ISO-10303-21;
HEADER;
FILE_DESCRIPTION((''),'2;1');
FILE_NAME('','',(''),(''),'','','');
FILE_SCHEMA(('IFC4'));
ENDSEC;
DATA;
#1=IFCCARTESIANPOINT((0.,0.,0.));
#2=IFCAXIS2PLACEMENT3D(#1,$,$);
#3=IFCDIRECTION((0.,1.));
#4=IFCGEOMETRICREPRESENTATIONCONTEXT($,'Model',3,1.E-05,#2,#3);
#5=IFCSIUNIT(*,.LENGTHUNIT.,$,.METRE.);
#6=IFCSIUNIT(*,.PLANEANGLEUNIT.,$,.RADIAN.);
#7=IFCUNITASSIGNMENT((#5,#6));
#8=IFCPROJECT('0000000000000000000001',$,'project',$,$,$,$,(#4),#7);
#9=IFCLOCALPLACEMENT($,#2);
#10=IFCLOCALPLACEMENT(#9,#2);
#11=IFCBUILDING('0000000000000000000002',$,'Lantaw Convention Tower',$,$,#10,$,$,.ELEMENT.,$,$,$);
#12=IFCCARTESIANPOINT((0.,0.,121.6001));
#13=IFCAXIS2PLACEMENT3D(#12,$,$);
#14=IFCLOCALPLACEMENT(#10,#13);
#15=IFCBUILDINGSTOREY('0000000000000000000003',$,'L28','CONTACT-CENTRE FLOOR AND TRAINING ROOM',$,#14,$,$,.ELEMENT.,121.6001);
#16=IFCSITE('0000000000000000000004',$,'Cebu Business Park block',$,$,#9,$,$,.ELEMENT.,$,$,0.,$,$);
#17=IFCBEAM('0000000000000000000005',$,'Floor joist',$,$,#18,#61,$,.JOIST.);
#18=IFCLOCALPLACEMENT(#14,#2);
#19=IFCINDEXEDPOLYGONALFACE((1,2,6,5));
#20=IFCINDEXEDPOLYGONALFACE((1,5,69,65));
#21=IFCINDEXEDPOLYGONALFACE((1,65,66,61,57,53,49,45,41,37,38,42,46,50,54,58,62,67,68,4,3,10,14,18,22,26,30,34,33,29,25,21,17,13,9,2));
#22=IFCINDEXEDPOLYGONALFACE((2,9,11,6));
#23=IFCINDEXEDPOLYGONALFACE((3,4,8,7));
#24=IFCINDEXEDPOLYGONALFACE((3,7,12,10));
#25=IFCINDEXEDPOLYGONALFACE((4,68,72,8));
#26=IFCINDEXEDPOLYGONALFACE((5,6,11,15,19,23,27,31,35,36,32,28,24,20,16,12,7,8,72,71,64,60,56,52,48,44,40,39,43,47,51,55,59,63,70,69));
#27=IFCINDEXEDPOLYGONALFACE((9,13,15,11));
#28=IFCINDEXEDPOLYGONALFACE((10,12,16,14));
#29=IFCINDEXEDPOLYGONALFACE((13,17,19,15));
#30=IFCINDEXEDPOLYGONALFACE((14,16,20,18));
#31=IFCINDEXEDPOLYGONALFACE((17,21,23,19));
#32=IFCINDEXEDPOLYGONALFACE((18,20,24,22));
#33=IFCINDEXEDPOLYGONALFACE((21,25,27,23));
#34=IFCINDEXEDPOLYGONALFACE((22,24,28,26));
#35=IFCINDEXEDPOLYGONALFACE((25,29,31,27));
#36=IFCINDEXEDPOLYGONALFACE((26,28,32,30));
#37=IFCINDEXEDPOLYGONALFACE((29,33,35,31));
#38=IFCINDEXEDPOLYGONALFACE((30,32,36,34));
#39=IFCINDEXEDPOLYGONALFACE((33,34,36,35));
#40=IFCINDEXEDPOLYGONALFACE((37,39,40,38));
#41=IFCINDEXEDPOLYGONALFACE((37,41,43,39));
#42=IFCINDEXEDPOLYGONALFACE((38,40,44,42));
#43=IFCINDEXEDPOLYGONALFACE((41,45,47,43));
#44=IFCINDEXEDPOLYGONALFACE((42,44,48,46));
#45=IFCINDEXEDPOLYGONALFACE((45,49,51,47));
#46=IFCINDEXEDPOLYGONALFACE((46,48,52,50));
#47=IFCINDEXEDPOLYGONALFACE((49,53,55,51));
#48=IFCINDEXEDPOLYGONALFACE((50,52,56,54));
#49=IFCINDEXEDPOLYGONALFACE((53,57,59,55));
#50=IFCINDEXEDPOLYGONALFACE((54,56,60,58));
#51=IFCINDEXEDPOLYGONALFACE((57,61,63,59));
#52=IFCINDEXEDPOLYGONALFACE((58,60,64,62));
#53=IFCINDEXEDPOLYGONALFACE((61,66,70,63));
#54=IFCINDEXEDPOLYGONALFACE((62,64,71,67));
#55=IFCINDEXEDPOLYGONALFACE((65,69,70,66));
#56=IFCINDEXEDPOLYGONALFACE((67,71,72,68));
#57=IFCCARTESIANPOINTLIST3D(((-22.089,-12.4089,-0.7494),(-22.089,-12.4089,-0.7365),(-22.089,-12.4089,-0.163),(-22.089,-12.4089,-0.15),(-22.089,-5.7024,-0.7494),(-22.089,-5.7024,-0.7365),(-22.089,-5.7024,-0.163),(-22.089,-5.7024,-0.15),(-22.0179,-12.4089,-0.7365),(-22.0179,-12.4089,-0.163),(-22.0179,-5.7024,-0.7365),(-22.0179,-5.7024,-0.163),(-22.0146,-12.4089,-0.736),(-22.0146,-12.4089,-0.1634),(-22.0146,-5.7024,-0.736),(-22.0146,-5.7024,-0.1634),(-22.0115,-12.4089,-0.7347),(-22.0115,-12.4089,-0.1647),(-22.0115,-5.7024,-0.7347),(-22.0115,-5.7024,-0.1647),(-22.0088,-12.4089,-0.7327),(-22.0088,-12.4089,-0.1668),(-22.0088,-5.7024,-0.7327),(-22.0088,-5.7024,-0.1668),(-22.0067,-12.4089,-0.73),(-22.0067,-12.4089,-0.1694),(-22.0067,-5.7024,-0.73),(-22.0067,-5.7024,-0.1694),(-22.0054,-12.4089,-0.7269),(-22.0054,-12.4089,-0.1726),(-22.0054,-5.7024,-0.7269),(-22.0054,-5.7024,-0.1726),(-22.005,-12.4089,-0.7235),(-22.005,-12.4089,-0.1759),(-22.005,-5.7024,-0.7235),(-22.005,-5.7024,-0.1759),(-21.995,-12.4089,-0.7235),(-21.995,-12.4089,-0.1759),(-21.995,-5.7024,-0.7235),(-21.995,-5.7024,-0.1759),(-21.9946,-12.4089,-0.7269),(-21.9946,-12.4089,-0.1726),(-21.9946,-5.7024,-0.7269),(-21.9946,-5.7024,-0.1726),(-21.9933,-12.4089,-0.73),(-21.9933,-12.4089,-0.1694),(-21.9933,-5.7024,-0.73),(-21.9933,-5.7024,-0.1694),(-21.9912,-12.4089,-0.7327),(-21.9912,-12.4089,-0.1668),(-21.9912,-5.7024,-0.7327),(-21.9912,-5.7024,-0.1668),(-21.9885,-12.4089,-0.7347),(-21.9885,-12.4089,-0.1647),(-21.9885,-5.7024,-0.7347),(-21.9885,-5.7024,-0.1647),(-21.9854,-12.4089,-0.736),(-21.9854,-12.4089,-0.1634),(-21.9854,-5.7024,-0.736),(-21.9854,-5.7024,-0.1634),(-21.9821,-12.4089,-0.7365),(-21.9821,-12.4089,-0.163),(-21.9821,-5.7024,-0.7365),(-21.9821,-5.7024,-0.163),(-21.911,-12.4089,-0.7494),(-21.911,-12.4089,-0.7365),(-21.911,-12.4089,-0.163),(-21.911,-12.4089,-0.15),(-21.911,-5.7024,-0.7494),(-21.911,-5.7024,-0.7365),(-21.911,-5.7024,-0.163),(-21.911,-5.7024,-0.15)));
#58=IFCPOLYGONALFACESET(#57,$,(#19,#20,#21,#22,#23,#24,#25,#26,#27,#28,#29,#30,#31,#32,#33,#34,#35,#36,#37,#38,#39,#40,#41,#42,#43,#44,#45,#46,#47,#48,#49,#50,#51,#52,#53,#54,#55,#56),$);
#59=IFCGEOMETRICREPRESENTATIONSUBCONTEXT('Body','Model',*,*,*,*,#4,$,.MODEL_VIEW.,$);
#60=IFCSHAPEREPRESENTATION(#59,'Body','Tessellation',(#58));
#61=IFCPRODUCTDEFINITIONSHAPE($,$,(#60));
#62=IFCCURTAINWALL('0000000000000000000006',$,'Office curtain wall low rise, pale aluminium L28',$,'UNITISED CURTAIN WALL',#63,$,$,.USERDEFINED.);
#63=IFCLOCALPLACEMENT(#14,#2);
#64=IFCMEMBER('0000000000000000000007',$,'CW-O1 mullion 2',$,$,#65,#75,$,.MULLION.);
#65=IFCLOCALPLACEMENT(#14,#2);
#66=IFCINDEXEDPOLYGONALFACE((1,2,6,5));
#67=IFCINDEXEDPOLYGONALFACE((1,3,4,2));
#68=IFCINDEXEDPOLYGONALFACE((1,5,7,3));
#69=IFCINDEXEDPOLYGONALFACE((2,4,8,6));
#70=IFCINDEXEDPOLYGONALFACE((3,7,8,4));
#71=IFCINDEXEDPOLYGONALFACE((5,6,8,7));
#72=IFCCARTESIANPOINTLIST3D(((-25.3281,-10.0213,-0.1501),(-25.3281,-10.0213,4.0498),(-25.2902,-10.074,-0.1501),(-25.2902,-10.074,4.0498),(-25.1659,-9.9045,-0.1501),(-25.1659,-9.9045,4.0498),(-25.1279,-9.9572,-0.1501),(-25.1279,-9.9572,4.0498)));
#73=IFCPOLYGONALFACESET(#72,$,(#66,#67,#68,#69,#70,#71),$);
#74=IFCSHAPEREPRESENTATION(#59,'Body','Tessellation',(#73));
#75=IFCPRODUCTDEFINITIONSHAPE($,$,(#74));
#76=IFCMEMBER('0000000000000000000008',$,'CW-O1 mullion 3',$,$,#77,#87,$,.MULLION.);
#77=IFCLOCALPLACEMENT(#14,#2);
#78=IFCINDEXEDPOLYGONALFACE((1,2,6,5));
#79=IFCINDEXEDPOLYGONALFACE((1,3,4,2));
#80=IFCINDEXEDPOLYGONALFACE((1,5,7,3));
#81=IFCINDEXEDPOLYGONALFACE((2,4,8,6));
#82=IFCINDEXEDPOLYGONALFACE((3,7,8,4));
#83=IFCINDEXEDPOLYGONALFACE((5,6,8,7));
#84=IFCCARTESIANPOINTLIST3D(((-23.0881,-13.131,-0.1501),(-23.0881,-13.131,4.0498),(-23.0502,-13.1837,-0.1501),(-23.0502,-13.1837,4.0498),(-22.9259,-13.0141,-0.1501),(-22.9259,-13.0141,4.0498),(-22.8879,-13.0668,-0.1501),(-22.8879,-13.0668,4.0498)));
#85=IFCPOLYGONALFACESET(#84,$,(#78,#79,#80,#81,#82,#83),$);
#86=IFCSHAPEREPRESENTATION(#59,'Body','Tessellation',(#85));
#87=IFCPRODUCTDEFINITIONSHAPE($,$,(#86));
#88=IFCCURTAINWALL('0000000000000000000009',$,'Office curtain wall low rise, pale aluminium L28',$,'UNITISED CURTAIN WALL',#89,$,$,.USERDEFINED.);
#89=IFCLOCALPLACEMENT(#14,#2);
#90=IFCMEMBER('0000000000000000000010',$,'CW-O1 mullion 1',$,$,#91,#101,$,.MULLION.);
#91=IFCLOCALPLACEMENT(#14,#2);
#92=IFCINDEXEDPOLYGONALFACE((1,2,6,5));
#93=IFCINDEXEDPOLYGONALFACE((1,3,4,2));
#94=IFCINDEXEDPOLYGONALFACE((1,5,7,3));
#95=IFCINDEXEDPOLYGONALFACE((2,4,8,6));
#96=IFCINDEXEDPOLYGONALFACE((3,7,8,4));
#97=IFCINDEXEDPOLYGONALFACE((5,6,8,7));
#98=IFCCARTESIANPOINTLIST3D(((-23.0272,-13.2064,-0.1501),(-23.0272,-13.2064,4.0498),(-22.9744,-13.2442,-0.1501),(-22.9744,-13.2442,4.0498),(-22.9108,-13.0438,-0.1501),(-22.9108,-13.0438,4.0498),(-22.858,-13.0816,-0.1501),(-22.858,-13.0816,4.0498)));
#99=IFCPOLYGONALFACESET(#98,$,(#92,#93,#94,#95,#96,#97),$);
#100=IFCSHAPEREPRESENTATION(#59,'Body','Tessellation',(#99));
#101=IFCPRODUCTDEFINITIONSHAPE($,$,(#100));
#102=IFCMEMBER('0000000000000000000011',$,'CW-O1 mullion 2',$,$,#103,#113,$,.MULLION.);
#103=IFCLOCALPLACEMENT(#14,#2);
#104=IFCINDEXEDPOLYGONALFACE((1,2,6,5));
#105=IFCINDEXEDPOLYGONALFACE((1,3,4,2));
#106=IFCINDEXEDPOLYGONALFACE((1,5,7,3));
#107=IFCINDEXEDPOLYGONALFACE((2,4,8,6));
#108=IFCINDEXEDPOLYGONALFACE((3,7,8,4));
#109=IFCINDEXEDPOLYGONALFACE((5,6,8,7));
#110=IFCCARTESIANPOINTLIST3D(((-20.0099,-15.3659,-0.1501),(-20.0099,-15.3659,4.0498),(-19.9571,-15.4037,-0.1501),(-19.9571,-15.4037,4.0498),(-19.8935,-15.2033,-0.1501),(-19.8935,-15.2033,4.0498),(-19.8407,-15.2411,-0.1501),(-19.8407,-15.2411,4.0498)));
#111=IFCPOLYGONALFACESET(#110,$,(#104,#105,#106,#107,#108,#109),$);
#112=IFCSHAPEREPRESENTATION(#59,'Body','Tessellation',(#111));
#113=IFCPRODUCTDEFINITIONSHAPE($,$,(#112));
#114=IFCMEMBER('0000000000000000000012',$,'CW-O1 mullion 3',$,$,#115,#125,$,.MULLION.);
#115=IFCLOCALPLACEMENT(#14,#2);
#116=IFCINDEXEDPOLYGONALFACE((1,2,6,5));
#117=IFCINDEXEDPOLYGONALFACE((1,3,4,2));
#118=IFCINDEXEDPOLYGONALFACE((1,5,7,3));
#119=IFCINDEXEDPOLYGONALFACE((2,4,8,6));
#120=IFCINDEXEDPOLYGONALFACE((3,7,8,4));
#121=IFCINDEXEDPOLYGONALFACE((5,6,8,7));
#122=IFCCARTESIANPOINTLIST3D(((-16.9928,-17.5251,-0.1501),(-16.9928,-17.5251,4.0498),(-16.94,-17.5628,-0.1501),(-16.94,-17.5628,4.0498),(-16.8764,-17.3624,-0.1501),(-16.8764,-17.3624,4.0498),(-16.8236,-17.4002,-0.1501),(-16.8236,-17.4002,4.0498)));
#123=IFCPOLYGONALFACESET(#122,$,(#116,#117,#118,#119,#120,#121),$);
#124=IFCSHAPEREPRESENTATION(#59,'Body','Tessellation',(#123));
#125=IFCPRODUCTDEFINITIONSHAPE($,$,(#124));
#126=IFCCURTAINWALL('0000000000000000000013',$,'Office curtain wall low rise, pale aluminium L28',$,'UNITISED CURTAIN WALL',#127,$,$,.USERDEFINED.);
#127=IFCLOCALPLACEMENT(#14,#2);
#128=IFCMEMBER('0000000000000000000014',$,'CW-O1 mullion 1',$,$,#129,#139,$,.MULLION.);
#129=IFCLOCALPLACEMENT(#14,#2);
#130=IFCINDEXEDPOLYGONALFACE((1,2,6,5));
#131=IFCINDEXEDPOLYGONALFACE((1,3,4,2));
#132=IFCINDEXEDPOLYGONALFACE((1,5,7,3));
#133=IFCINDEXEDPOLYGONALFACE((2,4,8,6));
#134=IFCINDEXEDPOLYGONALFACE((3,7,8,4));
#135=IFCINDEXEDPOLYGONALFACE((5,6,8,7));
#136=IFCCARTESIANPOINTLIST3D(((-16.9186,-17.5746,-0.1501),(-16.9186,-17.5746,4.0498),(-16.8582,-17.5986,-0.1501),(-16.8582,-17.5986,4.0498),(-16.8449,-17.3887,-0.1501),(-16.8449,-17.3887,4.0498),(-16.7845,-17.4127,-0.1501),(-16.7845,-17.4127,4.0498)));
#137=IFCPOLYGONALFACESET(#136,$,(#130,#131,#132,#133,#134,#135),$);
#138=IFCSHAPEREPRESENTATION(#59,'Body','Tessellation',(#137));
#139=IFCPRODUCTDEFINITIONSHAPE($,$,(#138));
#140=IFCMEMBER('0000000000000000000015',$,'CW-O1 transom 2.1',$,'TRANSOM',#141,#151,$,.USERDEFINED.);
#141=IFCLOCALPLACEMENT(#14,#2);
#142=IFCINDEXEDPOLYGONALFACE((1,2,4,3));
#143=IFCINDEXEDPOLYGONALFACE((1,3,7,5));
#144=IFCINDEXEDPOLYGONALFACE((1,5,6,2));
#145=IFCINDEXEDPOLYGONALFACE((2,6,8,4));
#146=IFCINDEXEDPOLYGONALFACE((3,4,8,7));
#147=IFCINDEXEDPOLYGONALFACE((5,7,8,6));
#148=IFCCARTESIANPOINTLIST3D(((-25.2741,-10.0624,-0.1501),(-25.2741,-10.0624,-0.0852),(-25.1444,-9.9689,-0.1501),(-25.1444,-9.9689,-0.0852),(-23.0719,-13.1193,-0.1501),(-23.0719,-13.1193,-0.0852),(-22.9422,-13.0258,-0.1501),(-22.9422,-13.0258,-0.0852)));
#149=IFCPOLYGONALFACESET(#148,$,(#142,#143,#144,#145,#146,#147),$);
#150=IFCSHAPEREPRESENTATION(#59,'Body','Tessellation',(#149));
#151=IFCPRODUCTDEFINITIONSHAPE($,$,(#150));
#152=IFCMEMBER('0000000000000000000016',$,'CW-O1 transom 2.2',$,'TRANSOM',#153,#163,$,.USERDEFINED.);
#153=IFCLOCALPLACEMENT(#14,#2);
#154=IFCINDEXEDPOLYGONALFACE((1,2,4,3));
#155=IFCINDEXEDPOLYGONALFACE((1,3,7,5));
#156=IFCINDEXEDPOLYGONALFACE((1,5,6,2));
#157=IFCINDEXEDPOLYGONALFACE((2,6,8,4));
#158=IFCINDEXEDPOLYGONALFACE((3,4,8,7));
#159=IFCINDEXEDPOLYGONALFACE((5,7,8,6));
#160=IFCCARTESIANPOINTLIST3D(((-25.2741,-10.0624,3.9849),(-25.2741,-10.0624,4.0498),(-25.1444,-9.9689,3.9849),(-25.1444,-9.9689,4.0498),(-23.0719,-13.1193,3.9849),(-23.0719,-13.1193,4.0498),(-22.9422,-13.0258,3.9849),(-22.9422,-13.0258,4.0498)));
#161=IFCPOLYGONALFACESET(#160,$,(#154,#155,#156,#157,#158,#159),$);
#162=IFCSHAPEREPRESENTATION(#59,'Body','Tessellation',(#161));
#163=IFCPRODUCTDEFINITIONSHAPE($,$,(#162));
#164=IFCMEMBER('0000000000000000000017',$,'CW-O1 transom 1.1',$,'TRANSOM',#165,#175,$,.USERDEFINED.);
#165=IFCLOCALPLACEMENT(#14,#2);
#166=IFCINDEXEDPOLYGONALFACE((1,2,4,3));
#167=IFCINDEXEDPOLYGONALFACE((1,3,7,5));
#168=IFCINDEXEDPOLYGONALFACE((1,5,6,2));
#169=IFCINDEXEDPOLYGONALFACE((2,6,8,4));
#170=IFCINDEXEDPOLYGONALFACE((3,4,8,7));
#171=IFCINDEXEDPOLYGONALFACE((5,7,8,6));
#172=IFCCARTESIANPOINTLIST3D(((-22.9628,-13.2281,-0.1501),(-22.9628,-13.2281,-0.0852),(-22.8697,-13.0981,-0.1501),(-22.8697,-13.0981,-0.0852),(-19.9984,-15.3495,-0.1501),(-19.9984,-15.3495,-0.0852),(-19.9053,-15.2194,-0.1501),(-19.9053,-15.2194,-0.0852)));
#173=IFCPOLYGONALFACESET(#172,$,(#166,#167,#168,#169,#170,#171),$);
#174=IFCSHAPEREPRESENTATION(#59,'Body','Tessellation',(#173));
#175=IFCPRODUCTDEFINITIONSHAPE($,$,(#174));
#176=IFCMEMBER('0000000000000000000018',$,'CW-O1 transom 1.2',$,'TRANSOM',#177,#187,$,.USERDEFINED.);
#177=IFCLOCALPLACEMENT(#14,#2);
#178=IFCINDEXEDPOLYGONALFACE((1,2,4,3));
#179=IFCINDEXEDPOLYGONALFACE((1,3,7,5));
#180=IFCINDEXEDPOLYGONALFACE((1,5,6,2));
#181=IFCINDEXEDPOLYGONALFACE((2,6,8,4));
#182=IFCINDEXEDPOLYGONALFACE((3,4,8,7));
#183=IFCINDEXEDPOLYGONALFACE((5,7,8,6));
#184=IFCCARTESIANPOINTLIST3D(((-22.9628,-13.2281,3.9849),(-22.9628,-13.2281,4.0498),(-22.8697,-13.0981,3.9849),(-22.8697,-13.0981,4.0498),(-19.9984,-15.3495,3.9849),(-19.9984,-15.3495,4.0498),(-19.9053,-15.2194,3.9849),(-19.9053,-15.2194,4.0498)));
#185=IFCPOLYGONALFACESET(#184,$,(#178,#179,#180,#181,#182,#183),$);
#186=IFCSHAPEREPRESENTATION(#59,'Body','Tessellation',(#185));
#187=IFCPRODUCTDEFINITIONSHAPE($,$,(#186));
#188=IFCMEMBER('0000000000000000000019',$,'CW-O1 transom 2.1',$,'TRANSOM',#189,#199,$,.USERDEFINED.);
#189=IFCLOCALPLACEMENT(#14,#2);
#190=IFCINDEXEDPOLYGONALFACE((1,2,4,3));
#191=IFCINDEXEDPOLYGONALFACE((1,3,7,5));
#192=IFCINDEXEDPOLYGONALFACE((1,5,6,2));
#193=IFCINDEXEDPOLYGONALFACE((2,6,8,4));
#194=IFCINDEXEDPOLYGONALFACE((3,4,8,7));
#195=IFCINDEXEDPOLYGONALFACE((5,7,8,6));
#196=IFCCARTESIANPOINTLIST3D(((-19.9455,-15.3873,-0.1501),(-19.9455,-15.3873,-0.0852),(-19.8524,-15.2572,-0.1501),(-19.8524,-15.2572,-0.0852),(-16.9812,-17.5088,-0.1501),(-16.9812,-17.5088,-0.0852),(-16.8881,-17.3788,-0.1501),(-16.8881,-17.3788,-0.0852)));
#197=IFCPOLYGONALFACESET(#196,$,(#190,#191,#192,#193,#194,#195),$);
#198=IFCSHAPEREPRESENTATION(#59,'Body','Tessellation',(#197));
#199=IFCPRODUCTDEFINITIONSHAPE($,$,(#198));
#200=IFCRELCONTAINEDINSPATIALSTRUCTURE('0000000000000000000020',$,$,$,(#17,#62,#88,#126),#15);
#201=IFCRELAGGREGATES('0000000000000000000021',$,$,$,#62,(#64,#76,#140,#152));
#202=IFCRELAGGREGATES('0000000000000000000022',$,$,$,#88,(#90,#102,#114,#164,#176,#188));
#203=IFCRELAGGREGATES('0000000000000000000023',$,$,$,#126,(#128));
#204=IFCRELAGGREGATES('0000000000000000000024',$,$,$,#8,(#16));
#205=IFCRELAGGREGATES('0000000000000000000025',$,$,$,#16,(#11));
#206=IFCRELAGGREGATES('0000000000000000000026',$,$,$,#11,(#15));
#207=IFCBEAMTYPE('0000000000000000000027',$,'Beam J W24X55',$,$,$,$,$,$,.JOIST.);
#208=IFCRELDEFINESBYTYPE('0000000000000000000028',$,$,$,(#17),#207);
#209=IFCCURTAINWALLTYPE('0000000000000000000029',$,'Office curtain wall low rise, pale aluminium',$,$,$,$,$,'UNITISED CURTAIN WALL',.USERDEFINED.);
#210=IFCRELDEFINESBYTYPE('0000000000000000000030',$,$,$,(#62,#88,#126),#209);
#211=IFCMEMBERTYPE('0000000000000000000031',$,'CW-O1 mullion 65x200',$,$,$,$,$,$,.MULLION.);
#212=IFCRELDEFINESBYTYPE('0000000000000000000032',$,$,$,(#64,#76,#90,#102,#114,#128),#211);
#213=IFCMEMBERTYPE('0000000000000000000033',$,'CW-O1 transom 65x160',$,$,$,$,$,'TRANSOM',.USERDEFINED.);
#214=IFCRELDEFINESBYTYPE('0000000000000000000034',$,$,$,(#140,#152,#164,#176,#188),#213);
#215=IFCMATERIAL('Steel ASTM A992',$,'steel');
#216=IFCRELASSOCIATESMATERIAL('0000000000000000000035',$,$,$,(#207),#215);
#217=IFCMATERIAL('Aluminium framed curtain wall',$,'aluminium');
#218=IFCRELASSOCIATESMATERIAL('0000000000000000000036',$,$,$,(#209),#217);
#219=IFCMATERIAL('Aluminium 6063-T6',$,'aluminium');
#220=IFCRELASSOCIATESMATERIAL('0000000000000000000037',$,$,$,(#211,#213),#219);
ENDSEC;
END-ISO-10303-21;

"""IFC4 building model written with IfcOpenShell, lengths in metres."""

from ifc_helpers import new_model, si_unit, direction, frame, origin, origin_2d, place, context, subcontext, project, spatial, rectangle, i_section, extrude, material, material_profile, profile_set, type_object, element, aggregate, save


model = new_model("IFC4")

# Units and contexts
model_context = context("Model", 3, precision=1e-05, world=origin(), true_north=direction((0.0, 1.0)))
body_context = subcontext(model_context, "Body", "Model", "MODEL_VIEW")
ifc_project = project(units=[si_unit("LENGTHUNIT", "METRE"), si_unit("PLANEANGLEUNIT", "RADIAN")], contexts=[model_context])

# Site, building, storey
site_placement = place(None, origin())
site = spatial("IfcSite", under=ifc_project, at=site_placement, Name="Cebu Business Park block", CompositionType="ELEMENT", RefElevation=0.0)
building_placement = place(site_placement, origin())
building = spatial("IfcBuilding", under=site, at=building_placement, Name="Lantaw Convention Tower", CompositionType="ELEMENT")
storey_placement = place(building_placement, frame((0.0, 0.0, 121.6001)))
storey = spatial("IfcBuildingStorey", under=building, at=storey_placement, Name="L28", Description="CONTACT-CENTRE FLOOR AND TRAINING ROOM", CompositionType="ELEMENT", Elevation=121.6001)

# Beam
ifc_material_1 = material(Name="Steel ASTM A992", Category="steel")
ifc_material_profile_1 = material_profile(ifc_material_1, i_section(OverallWidth=0.178, OverallDepth=0.5994, WebThickness=0.01, FlangeThickness=0.0129, FilletRadius=0.0129, at=origin_2d()), Name="W24X55")
ifc_profile_set_1 = profile_set([ifc_material_profile_1], Name="Steel ASTM A992")
beam_type_1 = type_object("IfcBeamType", Name="Beam J W24X55", PredefinedType="JOIST", material=ifc_profile_set_1)
beam_1_placement = place(storey_placement, frame((-22.0, -12.4089, -0.4497), z_axis=(0.0, 1.0, 0.0), x_axis=(-1.0, 0.0, 0.0)))
element("IfcBeam", 1, at=beam_1_placement, inside=storey, type_object=beam_type_1, Name="Floor joist", PredefinedType="JOIST", context=body_context, shape_type="SweptSolid", body=[
    extrude(i_section(OverallWidth=0.178, OverallDepth=0.5994, WebThickness=0.01, FlangeThickness=0.0129, FilletRadius=0.0129, at=origin_2d()), origin(), (0.0, 0.0, 1.0), 6.7065),
])

# Curtain walls, members
ifc_material_2 = material(Name="Aluminium framed curtain wall", Category="aluminium")
curtain_wall_type = type_object("IfcCurtainWallType", Name="Office curtain wall low rise, pale aluminium", ElementType="UNITISED CURTAIN WALL", PredefinedType="USERDEFINED", material=ifc_material_2)
curtain_wall_1_placement = place(storey_placement, origin())
curtain_wall_1 = element("IfcCurtainWall", 2, at=curtain_wall_1_placement, inside=storey, type_object=curtain_wall_type, Name="Office curtain wall low rise, pale aluminium L28", ObjectType="UNITISED CURTAIN WALL", PredefinedType="USERDEFINED")
ifc_material_3 = material(Name="Aluminium 6063-T6", Category="aluminium")
ifc_material_profile_2 = material_profile(ifc_material_3, rectangle(XDim=0.2, YDim=0.0649, at=origin_2d()), Name="CW-O1 mullion 65x200")
ifc_profile_set_2 = profile_set([ifc_material_profile_2], Name="Aluminium 6063-T6")
member_type_1 = type_object("IfcMemberType", Name="CW-O1 mullion 65x200", PredefinedType="MULLION", material=ifc_profile_set_2)
member_1_placement = place(storey_placement, frame((-25.228, -9.9893, -0.1501), z_axis=(0.0, 0.0, 1.0), x_axis=(0.811385, 0.584513, 0.0)))
member_1 = element("IfcMember", 3, at=member_1_placement, type_object=member_type_1, Name="CW-O1 mullion 2", PredefinedType="MULLION", context=body_context, shape_type="SweptSolid", body=[
    extrude(rectangle(XDim=0.2, YDim=0.0649, at=origin_2d()), origin(), (0.0, 0.0, 1.0), 4.2),
])
member_2_placement = place(storey_placement, frame((-22.988, -13.0989, -0.1501), z_axis=(0.0, 0.0, 1.0), x_axis=(0.811385, 0.584513, 0.0)))
member_2 = element("IfcMember", 4, at=member_2_placement, type_object=member_type_1, Name="CW-O1 mullion 3", PredefinedType="MULLION", context=body_context, shape_type="SweptSolid", body=[
    extrude(rectangle(XDim=0.2, YDim=0.0649, at=origin_2d()), origin(), (0.0, 0.0, 1.0), 4.2),
])
curtain_wall_2_placement = place(storey_placement, origin())
curtain_wall_2 = element("IfcCurtainWall", 5, at=curtain_wall_2_placement, inside=storey, type_object=curtain_wall_type, Name="Office curtain wall low rise, pale aluminium L28", ObjectType="UNITISED CURTAIN WALL", PredefinedType="USERDEFINED")
member_3_placement = place(storey_placement, frame((-22.9426, -13.144, -0.1501), z_axis=(0.0, 0.0, 1.0), x_axis=(0.581973, 0.813208, 0.0)))
member_3 = element("IfcMember", 6, at=member_3_placement, type_object=member_type_1, Name="CW-O1 mullion 1", PredefinedType="MULLION", context=body_context, shape_type="SweptSolid", body=[
    extrude(rectangle(XDim=0.2, YDim=0.0649, at=origin_2d()), origin(), (0.0, 0.0, 1.0), 4.2),
])
member_4_placement = place(storey_placement, frame((-19.9253, -15.3035, -0.1501), z_axis=(0.0, 0.0, 1.0), x_axis=(0.581973, 0.813208, 0.0)))
member_4 = element("IfcMember", 7, at=member_4_placement, type_object=member_type_1, Name="CW-O1 mullion 2", PredefinedType="MULLION", context=body_context, shape_type="SweptSolid", body=[
    extrude(rectangle(XDim=0.2, YDim=0.0649, at=origin_2d()), origin(), (0.0, 0.0, 1.0), 4.2),
])
member_5_placement = place(storey_placement, frame((-16.9082, -17.4626, -0.1501), z_axis=(0.0, 0.0, 1.0), x_axis=(0.581973, 0.813208, 0.0)))
member_5 = element("IfcMember", 8, at=member_5_placement, type_object=member_type_1, Name="CW-O1 mullion 3", PredefinedType="MULLION", context=body_context, shape_type="SweptSolid", body=[
    extrude(rectangle(XDim=0.2, YDim=0.0649, at=origin_2d()), origin(), (0.0, 0.0, 1.0), 4.2),
])

# Curtain wall, member
curtain_wall_3_placement = place(storey_placement, origin())
curtain_wall_3 = element("IfcCurtainWall", 9, at=curtain_wall_3_placement, inside=storey, type_object=curtain_wall_type, Name="Office curtain wall low rise, pale aluminium L28", ObjectType="UNITISED CURTAIN WALL", PredefinedType="USERDEFINED")
member_6_placement = place(storey_placement, frame((-16.8516, -17.4937, -0.1501), z_axis=(0.0, 0.0, 1.0), x_axis=(0.368702, 0.929548, 0.0)))
member_6 = element("IfcMember", 10, at=member_6_placement, type_object=member_type_1, Name="CW-O1 mullion 1", PredefinedType="MULLION", context=body_context, shape_type="SweptSolid", body=[
    extrude(rectangle(XDim=0.2, YDim=0.0649, at=origin_2d()), origin(), (0.0, 0.0, 1.0), 4.2),
])

# Members
ifc_material_profile_3 = material_profile(ifc_material_3, rectangle(XDim=0.1599, YDim=0.0649, at=origin_2d()), Name="CW-O1 transom 65x160")
ifc_profile_set_3 = profile_set([ifc_material_profile_3], Name="Aluminium 6063-T6")
member_type_2 = type_object("IfcMemberType", Name="CW-O1 transom 65x160", ElementType="TRANSOM", PredefinedType="USERDEFINED", material=ifc_profile_set_3)
member_7_placement = place(storey_placement, frame((-25.2092, -10.0156, -0.1177), z_axis=(0.584513, -0.811384, 0.0), x_axis=(0.811384, 0.584513, 0.0)))
member_7 = element("IfcMember", 11, at=member_7_placement, type_object=member_type_2, Name="CW-O1 transom 2.1", ObjectType="TRANSOM", PredefinedType="USERDEFINED", context=body_context, shape_type="SweptSolid", body=[
    extrude(rectangle(XDim=0.1599, YDim=0.0649, at=origin_2d()), origin(), (0.0, 0.0, 1.0), 3.7676),
])
member_8_placement = place(storey_placement, frame((-25.2092, -10.0156, 4.0173), z_axis=(0.584513, -0.811384, 0.0), x_axis=(0.811384, 0.584513, 0.0)))
member_8 = element("IfcMember", 12, at=member_8_placement, type_object=member_type_2, Name="CW-O1 transom 2.2", ObjectType="TRANSOM", PredefinedType="USERDEFINED", context=body_context, shape_type="SweptSolid", body=[
    extrude(rectangle(XDim=0.1599, YDim=0.0649, at=origin_2d()), origin(), (0.0, 0.0, 1.0), 3.7676),
])
member_9_placement = place(storey_placement, frame((-22.9163, -13.1631, -0.1177), z_axis=(0.813222, -0.581954, 0.0), x_axis=(0.581954, 0.813222, 0.0)))
member_9 = element("IfcMember", 13, at=member_9_placement, type_object=member_type_2, Name="CW-O1 transom 1.1", ObjectType="TRANSOM", PredefinedType="USERDEFINED", context=body_context, shape_type="SweptSolid", body=[
    extrude(rectangle(XDim=0.1599, YDim=0.0649, at=origin_2d()), origin(), (0.0, 0.0, 1.0), 3.6453),
])
member_10_placement = place(storey_placement, frame((-22.9163, -13.1631, 4.0173), z_axis=(0.813222, -0.581954, 0.0), x_axis=(0.581954, 0.813222, 0.0)))
member_10 = element("IfcMember", 14, at=member_10_placement, type_object=member_type_2, Name="CW-O1 transom 1.2", ObjectType="TRANSOM", PredefinedType="USERDEFINED", context=body_context, shape_type="SweptSolid", body=[
    extrude(rectangle(XDim=0.1599, YDim=0.0649, at=origin_2d()), origin(), (0.0, 0.0, 1.0), 3.6453),
])
member_11_placement = place(storey_placement, frame((-19.8989, -15.3223, -0.1177), z_axis=(0.81319, -0.581998, 0.0), x_axis=(0.581998, 0.81319, 0.0)))
member_11 = element("IfcMember", 15, at=member_11_placement, type_object=member_type_2, Name="CW-O1 transom 2.1", ObjectType="TRANSOM", PredefinedType="USERDEFINED", context=body_context, shape_type="SweptSolid", body=[
    extrude(rectangle(XDim=0.1599, YDim=0.0649, at=origin_2d()), origin(), (0.0, 0.0, 1.0), 3.6453),
])

aggregate(curtain_wall_1, [member_1, member_2, member_7, member_8])
aggregate(curtain_wall_2, [member_3, member_4, member_5, member_9, member_10, member_11])
aggregate(curtain_wall_3, [member_6])

save(model, "model.ifc")
